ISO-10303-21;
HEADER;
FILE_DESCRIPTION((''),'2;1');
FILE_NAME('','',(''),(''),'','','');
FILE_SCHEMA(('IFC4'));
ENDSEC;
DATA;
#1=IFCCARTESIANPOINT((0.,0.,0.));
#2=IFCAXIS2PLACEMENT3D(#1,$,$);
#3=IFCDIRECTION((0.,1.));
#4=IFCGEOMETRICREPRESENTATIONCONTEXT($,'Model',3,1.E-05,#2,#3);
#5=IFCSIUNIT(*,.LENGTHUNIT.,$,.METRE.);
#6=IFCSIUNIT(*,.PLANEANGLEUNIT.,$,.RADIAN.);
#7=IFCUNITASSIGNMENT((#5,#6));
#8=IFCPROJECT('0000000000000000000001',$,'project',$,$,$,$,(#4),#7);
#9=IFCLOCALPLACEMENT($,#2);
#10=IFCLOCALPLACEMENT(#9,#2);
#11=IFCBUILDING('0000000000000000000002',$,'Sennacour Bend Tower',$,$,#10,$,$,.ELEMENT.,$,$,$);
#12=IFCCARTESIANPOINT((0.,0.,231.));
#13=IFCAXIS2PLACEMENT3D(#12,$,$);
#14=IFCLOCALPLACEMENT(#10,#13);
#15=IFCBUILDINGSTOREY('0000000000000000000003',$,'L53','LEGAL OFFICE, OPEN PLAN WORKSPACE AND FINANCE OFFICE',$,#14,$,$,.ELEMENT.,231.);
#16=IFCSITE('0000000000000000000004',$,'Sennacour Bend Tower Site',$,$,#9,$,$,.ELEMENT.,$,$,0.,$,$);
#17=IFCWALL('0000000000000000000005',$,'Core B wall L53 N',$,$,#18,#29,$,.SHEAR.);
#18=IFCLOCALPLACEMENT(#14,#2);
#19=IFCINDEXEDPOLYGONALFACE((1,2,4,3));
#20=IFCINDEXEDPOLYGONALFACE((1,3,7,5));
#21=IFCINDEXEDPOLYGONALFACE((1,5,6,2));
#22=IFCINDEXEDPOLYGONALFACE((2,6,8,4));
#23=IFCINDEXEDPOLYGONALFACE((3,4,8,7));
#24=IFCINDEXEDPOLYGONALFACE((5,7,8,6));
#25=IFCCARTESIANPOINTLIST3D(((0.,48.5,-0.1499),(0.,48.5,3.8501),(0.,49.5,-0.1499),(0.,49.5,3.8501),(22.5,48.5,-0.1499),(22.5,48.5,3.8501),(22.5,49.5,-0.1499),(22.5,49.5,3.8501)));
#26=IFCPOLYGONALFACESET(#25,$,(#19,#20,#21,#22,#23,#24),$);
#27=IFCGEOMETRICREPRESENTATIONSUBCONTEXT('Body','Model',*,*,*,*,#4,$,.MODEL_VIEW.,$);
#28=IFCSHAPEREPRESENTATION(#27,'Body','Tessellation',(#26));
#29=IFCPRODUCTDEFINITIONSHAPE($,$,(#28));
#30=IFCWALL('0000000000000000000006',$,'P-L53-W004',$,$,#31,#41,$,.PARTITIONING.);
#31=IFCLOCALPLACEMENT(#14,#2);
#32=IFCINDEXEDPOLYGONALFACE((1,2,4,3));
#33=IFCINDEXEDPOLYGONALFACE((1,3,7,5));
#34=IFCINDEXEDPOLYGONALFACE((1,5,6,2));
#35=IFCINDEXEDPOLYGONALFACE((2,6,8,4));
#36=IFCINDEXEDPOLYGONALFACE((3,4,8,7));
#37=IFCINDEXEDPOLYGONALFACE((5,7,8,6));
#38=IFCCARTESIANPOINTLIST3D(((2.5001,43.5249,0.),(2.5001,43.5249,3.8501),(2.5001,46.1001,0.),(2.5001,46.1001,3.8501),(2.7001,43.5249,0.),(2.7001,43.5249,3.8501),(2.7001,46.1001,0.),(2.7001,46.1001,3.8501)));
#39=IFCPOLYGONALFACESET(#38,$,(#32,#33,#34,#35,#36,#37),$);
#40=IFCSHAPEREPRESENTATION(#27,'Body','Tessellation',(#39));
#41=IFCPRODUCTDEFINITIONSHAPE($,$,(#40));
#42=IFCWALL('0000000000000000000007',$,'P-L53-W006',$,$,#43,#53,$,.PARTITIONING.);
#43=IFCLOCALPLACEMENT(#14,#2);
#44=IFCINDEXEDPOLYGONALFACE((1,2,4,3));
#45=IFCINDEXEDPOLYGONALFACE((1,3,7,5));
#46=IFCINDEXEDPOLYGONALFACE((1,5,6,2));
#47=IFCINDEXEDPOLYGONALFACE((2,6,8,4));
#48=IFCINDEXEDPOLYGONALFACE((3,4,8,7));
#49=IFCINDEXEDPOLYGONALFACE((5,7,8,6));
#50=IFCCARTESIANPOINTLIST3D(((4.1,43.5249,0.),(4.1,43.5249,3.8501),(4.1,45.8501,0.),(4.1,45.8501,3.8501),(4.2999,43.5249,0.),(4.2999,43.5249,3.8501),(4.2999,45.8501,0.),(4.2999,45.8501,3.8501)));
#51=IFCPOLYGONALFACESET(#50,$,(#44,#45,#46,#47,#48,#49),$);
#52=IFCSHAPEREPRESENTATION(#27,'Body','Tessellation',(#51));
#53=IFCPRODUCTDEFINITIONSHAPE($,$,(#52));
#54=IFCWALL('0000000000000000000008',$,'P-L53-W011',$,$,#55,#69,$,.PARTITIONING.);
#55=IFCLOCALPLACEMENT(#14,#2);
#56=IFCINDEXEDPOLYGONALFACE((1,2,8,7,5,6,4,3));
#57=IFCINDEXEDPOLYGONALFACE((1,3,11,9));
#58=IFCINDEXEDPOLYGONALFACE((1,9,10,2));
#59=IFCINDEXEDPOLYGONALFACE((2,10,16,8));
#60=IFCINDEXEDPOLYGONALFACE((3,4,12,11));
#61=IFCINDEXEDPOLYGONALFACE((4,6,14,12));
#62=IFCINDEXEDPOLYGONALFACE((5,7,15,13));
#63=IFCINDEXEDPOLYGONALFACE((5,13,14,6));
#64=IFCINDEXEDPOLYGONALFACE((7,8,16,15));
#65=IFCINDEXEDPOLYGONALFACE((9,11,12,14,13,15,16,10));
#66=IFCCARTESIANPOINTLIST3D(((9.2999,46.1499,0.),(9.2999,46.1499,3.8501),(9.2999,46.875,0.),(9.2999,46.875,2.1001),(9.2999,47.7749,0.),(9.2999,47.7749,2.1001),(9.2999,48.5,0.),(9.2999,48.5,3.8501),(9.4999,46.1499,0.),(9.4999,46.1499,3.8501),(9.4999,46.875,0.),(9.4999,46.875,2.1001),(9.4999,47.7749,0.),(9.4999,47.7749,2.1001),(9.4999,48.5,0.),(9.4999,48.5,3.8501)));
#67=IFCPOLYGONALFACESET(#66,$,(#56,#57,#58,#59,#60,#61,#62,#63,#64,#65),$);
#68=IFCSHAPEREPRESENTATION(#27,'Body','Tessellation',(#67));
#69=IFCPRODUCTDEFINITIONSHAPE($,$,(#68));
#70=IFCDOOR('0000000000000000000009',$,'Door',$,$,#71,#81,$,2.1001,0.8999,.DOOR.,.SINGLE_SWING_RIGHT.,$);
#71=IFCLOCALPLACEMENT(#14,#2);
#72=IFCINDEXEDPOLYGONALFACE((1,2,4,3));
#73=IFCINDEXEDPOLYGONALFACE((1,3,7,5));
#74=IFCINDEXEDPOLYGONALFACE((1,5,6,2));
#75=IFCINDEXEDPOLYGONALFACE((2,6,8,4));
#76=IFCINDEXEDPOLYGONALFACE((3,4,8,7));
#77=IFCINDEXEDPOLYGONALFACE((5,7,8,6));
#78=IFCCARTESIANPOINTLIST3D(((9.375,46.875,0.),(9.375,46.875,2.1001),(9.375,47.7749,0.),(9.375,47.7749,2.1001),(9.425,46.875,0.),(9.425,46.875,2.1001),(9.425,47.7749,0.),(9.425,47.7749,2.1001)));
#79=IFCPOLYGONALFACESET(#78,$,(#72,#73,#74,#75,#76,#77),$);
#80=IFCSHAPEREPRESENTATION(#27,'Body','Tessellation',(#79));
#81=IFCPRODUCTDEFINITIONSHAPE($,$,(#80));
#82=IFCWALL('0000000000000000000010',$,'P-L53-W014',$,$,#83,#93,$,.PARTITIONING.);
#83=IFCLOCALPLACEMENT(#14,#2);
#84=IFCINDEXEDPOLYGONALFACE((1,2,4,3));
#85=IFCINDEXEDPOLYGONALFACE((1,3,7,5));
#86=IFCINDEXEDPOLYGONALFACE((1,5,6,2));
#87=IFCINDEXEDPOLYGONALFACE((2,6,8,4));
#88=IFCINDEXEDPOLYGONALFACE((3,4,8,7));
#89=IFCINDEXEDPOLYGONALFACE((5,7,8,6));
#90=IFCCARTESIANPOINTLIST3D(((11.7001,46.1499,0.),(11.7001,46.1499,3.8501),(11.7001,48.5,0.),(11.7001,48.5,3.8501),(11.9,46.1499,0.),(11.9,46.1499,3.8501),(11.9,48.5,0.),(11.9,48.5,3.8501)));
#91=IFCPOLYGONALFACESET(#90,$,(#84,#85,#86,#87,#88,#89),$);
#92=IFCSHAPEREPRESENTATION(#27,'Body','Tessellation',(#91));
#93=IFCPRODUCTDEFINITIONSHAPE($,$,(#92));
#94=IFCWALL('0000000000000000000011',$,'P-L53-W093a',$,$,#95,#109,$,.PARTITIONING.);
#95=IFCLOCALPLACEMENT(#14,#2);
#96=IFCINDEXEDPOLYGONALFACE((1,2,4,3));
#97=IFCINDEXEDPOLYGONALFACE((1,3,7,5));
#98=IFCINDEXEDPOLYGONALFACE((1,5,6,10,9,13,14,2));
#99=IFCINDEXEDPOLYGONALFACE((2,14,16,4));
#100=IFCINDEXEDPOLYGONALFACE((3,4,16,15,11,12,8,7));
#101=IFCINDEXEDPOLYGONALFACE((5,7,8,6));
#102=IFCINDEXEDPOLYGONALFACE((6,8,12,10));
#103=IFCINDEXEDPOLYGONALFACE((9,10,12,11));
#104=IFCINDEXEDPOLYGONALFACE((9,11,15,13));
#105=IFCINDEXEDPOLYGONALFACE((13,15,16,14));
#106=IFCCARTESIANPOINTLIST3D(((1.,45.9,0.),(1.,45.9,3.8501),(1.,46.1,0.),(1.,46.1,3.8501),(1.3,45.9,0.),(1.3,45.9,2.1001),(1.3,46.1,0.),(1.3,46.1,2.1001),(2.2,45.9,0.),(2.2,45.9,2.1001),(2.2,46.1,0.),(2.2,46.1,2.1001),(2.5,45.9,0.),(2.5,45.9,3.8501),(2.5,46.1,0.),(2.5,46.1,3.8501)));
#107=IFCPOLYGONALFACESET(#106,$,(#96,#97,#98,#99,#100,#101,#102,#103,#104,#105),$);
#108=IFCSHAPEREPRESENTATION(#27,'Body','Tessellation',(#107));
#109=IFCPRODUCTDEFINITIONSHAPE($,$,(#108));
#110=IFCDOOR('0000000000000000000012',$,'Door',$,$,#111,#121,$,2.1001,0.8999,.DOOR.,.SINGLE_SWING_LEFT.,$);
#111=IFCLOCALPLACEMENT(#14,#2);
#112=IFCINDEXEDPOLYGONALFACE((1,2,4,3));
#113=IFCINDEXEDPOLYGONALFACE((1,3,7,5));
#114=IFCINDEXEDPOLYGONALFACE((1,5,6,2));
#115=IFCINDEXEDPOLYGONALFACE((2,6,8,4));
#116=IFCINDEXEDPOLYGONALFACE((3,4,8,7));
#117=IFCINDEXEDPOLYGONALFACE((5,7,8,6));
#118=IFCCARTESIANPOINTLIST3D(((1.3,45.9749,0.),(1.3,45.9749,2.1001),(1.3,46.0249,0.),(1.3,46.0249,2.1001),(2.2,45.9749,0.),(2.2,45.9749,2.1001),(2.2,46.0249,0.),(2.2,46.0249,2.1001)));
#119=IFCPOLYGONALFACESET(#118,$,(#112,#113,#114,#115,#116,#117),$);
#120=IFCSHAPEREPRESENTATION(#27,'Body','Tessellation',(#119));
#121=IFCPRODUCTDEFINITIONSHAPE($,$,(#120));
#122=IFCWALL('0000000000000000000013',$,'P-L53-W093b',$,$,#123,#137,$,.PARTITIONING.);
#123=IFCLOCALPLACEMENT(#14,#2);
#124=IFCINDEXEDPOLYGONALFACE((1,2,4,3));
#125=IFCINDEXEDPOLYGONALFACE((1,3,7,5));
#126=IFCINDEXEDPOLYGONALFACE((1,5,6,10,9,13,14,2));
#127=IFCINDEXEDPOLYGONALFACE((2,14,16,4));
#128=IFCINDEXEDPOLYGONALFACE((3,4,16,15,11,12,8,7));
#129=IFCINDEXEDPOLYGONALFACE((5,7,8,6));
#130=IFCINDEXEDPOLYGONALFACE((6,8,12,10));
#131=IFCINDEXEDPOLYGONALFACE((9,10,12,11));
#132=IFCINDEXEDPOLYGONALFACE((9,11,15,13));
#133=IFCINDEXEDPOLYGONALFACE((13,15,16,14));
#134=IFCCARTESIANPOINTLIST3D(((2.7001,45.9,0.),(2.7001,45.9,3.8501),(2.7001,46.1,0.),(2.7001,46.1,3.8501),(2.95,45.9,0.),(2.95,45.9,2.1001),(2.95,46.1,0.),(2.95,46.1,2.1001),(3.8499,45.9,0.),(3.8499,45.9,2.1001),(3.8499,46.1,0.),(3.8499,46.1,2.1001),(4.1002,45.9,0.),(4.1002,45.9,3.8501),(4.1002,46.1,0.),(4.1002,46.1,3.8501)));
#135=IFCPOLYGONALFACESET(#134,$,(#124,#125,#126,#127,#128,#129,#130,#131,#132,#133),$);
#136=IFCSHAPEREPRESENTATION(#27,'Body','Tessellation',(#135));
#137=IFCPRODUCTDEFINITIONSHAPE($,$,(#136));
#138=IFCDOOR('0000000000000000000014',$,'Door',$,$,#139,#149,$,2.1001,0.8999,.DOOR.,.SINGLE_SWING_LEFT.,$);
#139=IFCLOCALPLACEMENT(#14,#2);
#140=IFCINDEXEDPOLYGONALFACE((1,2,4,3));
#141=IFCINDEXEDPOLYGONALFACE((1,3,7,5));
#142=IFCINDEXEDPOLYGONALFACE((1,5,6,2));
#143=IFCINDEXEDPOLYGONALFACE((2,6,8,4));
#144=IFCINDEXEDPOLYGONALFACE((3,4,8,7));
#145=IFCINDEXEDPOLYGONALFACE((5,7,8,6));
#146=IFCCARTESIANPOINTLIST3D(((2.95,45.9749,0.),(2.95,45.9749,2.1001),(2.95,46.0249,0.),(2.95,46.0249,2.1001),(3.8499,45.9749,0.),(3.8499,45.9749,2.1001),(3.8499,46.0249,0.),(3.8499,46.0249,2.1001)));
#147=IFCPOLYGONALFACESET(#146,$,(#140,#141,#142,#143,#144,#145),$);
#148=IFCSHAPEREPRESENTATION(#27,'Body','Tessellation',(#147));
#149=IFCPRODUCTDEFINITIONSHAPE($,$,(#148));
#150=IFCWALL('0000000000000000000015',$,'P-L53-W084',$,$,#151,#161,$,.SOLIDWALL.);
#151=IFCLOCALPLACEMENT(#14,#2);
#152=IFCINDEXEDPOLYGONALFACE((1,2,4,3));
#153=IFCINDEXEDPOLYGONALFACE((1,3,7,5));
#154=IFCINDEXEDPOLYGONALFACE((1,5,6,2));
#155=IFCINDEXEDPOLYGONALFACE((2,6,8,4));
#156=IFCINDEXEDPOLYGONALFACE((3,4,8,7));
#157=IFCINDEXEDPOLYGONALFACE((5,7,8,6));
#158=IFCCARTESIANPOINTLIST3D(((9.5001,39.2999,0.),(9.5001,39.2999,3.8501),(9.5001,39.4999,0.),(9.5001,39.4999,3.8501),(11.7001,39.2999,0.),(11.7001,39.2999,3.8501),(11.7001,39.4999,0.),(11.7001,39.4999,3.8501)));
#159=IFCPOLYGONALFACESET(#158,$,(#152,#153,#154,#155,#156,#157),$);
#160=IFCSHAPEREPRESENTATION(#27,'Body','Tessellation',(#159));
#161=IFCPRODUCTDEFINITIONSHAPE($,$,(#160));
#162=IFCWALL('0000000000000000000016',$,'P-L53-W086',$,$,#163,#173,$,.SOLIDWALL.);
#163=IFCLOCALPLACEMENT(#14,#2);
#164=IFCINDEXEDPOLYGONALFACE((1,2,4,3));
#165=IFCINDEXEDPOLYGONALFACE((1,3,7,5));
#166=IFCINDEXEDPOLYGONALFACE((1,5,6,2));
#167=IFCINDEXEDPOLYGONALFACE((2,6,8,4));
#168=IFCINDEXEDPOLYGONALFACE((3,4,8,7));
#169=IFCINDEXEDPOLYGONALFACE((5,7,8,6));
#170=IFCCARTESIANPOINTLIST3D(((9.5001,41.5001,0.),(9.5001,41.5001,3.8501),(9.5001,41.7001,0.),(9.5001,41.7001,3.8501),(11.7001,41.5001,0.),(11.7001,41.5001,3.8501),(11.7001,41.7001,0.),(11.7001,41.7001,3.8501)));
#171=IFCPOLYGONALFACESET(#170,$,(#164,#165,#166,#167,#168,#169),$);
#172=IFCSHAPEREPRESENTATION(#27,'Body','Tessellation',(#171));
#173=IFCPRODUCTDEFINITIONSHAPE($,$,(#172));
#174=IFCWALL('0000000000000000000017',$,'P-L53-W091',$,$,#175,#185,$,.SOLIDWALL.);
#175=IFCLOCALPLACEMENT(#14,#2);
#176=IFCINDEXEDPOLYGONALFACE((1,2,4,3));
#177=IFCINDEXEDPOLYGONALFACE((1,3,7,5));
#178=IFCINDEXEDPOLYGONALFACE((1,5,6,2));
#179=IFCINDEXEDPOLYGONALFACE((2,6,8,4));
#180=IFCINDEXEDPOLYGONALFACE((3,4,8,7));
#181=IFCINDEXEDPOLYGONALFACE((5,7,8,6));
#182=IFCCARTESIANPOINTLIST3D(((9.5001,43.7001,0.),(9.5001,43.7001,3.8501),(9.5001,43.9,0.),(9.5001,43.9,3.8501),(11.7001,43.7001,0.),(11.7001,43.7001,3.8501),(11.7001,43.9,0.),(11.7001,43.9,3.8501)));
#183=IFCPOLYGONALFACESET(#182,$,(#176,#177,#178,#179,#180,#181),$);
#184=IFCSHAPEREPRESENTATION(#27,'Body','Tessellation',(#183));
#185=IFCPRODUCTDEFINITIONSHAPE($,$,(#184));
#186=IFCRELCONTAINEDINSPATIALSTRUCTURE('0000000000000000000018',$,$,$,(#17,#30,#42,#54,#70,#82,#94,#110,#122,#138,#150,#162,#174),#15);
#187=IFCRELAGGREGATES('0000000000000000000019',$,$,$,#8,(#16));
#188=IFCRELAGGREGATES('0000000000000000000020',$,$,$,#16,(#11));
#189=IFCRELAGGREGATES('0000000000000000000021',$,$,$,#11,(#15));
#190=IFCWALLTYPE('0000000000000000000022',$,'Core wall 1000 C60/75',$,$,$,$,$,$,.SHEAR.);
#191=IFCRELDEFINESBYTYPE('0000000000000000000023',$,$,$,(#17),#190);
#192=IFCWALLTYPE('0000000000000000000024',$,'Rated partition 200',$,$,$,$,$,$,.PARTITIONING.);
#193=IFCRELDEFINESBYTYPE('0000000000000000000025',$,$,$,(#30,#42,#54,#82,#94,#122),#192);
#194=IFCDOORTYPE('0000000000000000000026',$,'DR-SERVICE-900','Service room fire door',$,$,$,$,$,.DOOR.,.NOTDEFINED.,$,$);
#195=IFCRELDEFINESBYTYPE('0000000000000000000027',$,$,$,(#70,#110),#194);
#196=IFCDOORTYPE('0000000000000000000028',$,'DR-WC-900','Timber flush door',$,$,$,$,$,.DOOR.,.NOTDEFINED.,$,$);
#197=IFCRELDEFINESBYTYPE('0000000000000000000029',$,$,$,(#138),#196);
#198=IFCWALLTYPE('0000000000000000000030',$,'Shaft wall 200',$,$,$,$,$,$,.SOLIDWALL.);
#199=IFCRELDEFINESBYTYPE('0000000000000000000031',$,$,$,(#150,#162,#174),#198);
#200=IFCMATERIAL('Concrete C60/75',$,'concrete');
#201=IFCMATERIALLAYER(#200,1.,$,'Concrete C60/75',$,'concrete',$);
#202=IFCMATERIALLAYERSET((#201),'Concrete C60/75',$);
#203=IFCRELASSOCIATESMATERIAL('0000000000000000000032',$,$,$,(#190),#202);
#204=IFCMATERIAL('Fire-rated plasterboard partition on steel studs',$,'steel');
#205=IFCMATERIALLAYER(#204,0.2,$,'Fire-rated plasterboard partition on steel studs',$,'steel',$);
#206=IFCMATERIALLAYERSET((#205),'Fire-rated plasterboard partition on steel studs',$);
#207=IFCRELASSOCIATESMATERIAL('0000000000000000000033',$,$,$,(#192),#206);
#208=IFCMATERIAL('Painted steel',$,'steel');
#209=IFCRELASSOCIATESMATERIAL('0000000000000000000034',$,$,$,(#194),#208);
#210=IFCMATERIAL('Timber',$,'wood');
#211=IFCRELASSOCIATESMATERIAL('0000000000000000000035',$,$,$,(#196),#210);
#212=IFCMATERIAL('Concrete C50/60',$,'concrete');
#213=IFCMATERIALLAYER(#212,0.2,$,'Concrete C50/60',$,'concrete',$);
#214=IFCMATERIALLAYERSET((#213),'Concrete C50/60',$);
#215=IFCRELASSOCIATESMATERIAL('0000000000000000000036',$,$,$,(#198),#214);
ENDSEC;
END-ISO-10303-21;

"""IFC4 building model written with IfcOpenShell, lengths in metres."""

from ifc_helpers import new_model, si_unit, direction, frame, frame_2d, origin, place, context, subcontext, project, spatial, rectangle, extrude, material, layer, layer_set, type_object, element, fill, save


model = new_model("IFC4")

# Units and contexts
model_context = context("Model", 3, precision=1e-05, world=origin(), true_north=direction((0.0, 1.0)))
body_context = subcontext(model_context, "Body", "Model", "MODEL_VIEW")
ifc_project = project(units=[si_unit("LENGTHUNIT", "METRE"), si_unit("PLANEANGLEUNIT", "RADIAN")], contexts=[model_context])

# Site, building, storey
site_placement = place(None, origin())
site = spatial("IfcSite", under=ifc_project, at=site_placement, Name="Sennacour Bend Tower Site", CompositionType="ELEMENT", RefElevation=0.0)
building_placement = place(site_placement, origin())
building = spatial("IfcBuilding", under=site, at=building_placement, Name="Sennacour Bend Tower", CompositionType="ELEMENT")
storey_placement = place(building_placement, frame((0.0, 0.0, 231.0)))
storey = spatial("IfcBuildingStorey", under=building, at=storey_placement, Name="L53", Description="LEGAL OFFICE, OPEN PLAN WORKSPACE AND FINANCE OFFICE", CompositionType="ELEMENT", Elevation=231.0)

# Walls
ifc_material_1 = material(Name="Concrete C60/75", Category="concrete")
ifc_layer_1 = layer(ifc_material_1, 1.0, Name="Concrete C60/75", Category="concrete")
ifc_layer_set_1 = layer_set([ifc_layer_1], Name="Concrete C60/75")
wall_type_1 = type_object("IfcWallType", Name="Core wall 1000 C60/75", PredefinedType="SHEAR", material=ifc_layer_set_1)
wall_1_placement = place(storey_placement, frame((0.0, 49.0, -0.1499), z_axis=(0.0, 0.0, 1.0), x_axis=(1.0, 0.0, 0.0)))
element("IfcWall", 1, at=wall_1_placement, inside=storey, type_object=wall_type_1, Name="Core B wall L53 N", PredefinedType="SHEAR", context=body_context, shape_type="SweptSolid", body=[
    extrude(rectangle(XDim=22.5, YDim=1.0, at=frame_2d((11.25, 0.0))), origin(), (0.0, 0.0, 1.0), 4.0),
])
ifc_material_2 = material(Name="Fire-rated plasterboard partition on steel studs", Category="steel")
ifc_layer_2 = layer(ifc_material_2, 0.2, Name="Fire-rated plasterboard partition on steel studs", Category="steel")
ifc_layer_set_2 = layer_set([ifc_layer_2], Name="Fire-rated plasterboard partition on steel studs")
wall_type_2 = type_object("IfcWallType", Name="Rated partition 200", PredefinedType="PARTITIONING", material=ifc_layer_set_2)
wall_2_placement = place(storey_placement, frame((2.6001, 43.5249, 0.0), z_axis=(0.0, 0.0, 1.0), x_axis=(0.0, 1.0, 0.0)))
element("IfcWall", 2, at=wall_2_placement, inside=storey, type_object=wall_type_2, Name="P-L53-W004", PredefinedType="PARTITIONING", context=body_context, shape_type="SweptSolid", body=[
    extrude(rectangle(XDim=2.5752, YDim=0.2, at=frame_2d((1.2876, 0.0))), origin(), (0.0, 0.0, 1.0), 3.8501),
])
wall_3_placement = place(storey_placement, frame((4.2, 43.5249, 0.0), z_axis=(0.0, 0.0, 1.0), x_axis=(0.0, 1.0, 0.0)))
element("IfcWall", 3, at=wall_3_placement, inside=storey, type_object=wall_type_2, Name="P-L53-W006", PredefinedType="PARTITIONING", context=body_context, shape_type="SweptSolid", body=[
    extrude(rectangle(XDim=2.3252, YDim=0.2, at=frame_2d((1.1626, 0.0))), origin(), (0.0, 0.0, 1.0), 3.8501),
])

# Wall, opening, door
wall_4_placement = place(storey_placement, frame((9.3999, 46.1499, 0.0), z_axis=(0.0, 0.0, 1.0), x_axis=(0.0, 1.0, 0.0)))
wall_4 = element("IfcWall", 4, at=wall_4_placement, inside=storey, type_object=wall_type_2, Name="P-L53-W011", PredefinedType="PARTITIONING", context=body_context, shape_type="SweptSolid", body=[
    extrude(rectangle(XDim=2.3501, YDim=0.2, at=frame_2d((1.175, 0.0))), origin(), (0.0, 0.0, 1.0), 3.8501),
])
opening_1_placement = place(wall_4_placement, frame((0.7251, 0.0, 0.0)))
opening_1 = element("IfcOpeningElement", 5, at=opening_1_placement, cuts=wall_4, PredefinedType="OPENING", context=body_context, shape_type="SweptSolid", body=[
    extrude(rectangle(XDim=0.8999, YDim=2.1001, at=frame_2d((0.45, 1.05))), frame((0.0, 0.1099, 0.0), z_axis=(0.0, -1.0, 0.0), x_axis=(1.0, 0.0, 0.0)), (0.0, 0.0, 1.0), 0.22),
])
ifc_material_3 = material(Name="Painted steel", Category="steel")
door_type_1 = type_object("IfcDoorType", Name="DR-SERVICE-900", Description="Service room fire door", OperationType="NOTDEFINED", PredefinedType="DOOR", material=ifc_material_3)
door_1_placement = place(opening_1_placement, origin())
door_1 = element("IfcDoor", 6, at=door_1_placement, inside=storey, type_object=door_type_1, Name="Door", OperationType="SINGLE_SWING_RIGHT", OverallHeight=2.1001, OverallWidth=0.8999, PredefinedType="DOOR", context=body_context, shape_type="SweptSolid", body=[
    extrude(rectangle(XDim=0.8999, YDim=2.1001, at=frame_2d((0.45, 1.05))), frame((0.0, 0.0249, 0.0), z_axis=(0.0, -1.0, 0.0), x_axis=(1.0, 0.0, 0.0)), (0.0, 0.0, 1.0), 0.05),
])
fill(opening_1, door_1)

# Wall
wall_5_placement = place(storey_placement, frame((11.8, 46.1499, 0.0), z_axis=(0.0, 0.0, 1.0), x_axis=(0.0, 1.0, 0.0)))
element("IfcWall", 7, at=wall_5_placement, inside=storey, type_object=wall_type_2, Name="P-L53-W014", PredefinedType="PARTITIONING", context=body_context, shape_type="SweptSolid", body=[
    extrude(rectangle(XDim=2.3501, YDim=0.2, at=frame_2d((1.175, 0.0))), origin(), (0.0, 0.0, 1.0), 3.8501),
])

# Walls, openings, doors
wall_6_placement = place(storey_placement, frame((1.0, 46.0, 0.0), z_axis=(0.0, 0.0, 1.0), x_axis=(1.0, 0.0, 0.0)))
wall_6 = element("IfcWall", 8, at=wall_6_placement, inside=storey, type_object=wall_type_2, Name="P-L53-W093a", PredefinedType="PARTITIONING", context=body_context, shape_type="SweptSolid", body=[
    extrude(rectangle(XDim=1.5, YDim=0.2, at=frame_2d((0.75, 0.0))), origin(), (0.0, 0.0, 1.0), 3.8501),
])
opening_2_placement = place(wall_6_placement, frame((0.3, 0.0, 0.0)))
opening_2 = element("IfcOpeningElement", 9, at=opening_2_placement, cuts=wall_6, PredefinedType="OPENING", context=body_context, shape_type="SweptSolid", body=[
    extrude(rectangle(XDim=0.8999, YDim=2.1001, at=frame_2d((0.45, 1.05))), frame((0.0, 0.1099, 0.0), z_axis=(0.0, -1.0, 0.0), x_axis=(1.0, 0.0, 0.0)), (0.0, 0.0, 1.0), 0.22),
])
door_2_placement = place(opening_2_placement, origin())
door_2 = element("IfcDoor", 10, at=door_2_placement, inside=storey, type_object=door_type_1, Name="Door", OperationType="SINGLE_SWING_LEFT", OverallHeight=2.1001, OverallWidth=0.8999, PredefinedType="DOOR", context=body_context, shape_type="SweptSolid", body=[
    extrude(rectangle(XDim=0.8999, YDim=2.1001, at=frame_2d((0.45, 1.05))), frame((0.0, 0.0249, 0.0), z_axis=(0.0, -1.0, 0.0), x_axis=(1.0, 0.0, 0.0)), (0.0, 0.0, 1.0), 0.05),
])
fill(opening_2, door_2)
wall_7_placement = place(storey_placement, frame((2.7, 46.0, 0.0), z_axis=(0.0, 0.0, 1.0), x_axis=(1.0, 0.0, 0.0)))
wall_7 = element("IfcWall", 11, at=wall_7_placement, inside=storey, type_object=wall_type_2, Name="P-L53-W093b", PredefinedType="PARTITIONING", context=body_context, shape_type="SweptSolid", body=[
    extrude(rectangle(XDim=1.4001, YDim=0.2, at=frame_2d((0.7002, 0.0))), origin(), (0.0, 0.0, 1.0), 3.8501),
])
opening_3_placement = place(wall_7_placement, frame((0.25, 0.0, 0.0)))
opening_3 = element("IfcOpeningElement", 12, at=opening_3_placement, cuts=wall_7, PredefinedType="OPENING", context=body_context, shape_type="SweptSolid", body=[
    extrude(rectangle(XDim=0.8999, YDim=2.1001, at=frame_2d((0.45, 1.05))), frame((0.0, 0.1099, 0.0), z_axis=(0.0, -1.0, 0.0), x_axis=(1.0, 0.0, 0.0)), (0.0, 0.0, 1.0), 0.22),
])
ifc_material_4 = material(Name="Timber", Category="wood")
door_type_2 = type_object("IfcDoorType", Name="DR-WC-900", Description="Timber flush door", OperationType="NOTDEFINED", PredefinedType="DOOR", material=ifc_material_4)
door_3_placement = place(opening_3_placement, origin())
door_3 = element("IfcDoor", 13, at=door_3_placement, inside=storey, type_object=door_type_2, Name="Door", OperationType="SINGLE_SWING_LEFT", OverallHeight=2.1001, OverallWidth=0.8999, PredefinedType="DOOR", context=body_context, shape_type="SweptSolid", body=[
    extrude(rectangle(XDim=0.8999, YDim=2.1001, at=frame_2d((0.45, 1.05))), frame((0.0, 0.0249, 0.0), z_axis=(0.0, -1.0, 0.0), x_axis=(1.0, 0.0, 0.0)), (0.0, 0.0, 1.0), 0.05),
])
fill(opening_3, door_3)

# Walls
ifc_material_5 = material(Name="Concrete C50/60", Category="concrete")
ifc_layer_3 = layer(ifc_material_5, 0.2, Name="Concrete C50/60", Category="concrete")
ifc_layer_set_3 = layer_set([ifc_layer_3], Name="Concrete C50/60")
wall_type_3 = type_object("IfcWallType", Name="Shaft wall 200", PredefinedType="SOLIDWALL", material=ifc_layer_set_3)
for number, where, z_axis, x_axis, name in (
    (14, (9.5, 39.3999, 0.0), (0.0, 0.0, 1.0), (1.0, 0.0, 0.0), "P-L53-W084"),
    (15, (9.5, 41.6001, 0.0), (0.0, 0.0, 1.0), (1.0, 0.0, 0.0), "P-L53-W086"),
    (16, (9.5, 43.8, 0.0), (0.0, 0.0, 1.0), (1.0, 0.0, 0.0), "P-L53-W091"),
):
    element("IfcWall", number, at=place(storey_placement, frame(where, z_axis=z_axis, x_axis=x_axis)), inside=storey, type_object=wall_type_3, Name=name, PredefinedType="SOLIDWALL", context=body_context, shape_type="SweptSolid", body=[
        extrude(rectangle(XDim=2.2, YDim=0.2, at=frame_2d((1.1001, 0.0))), origin(), (0.0, 0.0, 1.0), 3.8501),
    ])

save(model, "model.ifc")
